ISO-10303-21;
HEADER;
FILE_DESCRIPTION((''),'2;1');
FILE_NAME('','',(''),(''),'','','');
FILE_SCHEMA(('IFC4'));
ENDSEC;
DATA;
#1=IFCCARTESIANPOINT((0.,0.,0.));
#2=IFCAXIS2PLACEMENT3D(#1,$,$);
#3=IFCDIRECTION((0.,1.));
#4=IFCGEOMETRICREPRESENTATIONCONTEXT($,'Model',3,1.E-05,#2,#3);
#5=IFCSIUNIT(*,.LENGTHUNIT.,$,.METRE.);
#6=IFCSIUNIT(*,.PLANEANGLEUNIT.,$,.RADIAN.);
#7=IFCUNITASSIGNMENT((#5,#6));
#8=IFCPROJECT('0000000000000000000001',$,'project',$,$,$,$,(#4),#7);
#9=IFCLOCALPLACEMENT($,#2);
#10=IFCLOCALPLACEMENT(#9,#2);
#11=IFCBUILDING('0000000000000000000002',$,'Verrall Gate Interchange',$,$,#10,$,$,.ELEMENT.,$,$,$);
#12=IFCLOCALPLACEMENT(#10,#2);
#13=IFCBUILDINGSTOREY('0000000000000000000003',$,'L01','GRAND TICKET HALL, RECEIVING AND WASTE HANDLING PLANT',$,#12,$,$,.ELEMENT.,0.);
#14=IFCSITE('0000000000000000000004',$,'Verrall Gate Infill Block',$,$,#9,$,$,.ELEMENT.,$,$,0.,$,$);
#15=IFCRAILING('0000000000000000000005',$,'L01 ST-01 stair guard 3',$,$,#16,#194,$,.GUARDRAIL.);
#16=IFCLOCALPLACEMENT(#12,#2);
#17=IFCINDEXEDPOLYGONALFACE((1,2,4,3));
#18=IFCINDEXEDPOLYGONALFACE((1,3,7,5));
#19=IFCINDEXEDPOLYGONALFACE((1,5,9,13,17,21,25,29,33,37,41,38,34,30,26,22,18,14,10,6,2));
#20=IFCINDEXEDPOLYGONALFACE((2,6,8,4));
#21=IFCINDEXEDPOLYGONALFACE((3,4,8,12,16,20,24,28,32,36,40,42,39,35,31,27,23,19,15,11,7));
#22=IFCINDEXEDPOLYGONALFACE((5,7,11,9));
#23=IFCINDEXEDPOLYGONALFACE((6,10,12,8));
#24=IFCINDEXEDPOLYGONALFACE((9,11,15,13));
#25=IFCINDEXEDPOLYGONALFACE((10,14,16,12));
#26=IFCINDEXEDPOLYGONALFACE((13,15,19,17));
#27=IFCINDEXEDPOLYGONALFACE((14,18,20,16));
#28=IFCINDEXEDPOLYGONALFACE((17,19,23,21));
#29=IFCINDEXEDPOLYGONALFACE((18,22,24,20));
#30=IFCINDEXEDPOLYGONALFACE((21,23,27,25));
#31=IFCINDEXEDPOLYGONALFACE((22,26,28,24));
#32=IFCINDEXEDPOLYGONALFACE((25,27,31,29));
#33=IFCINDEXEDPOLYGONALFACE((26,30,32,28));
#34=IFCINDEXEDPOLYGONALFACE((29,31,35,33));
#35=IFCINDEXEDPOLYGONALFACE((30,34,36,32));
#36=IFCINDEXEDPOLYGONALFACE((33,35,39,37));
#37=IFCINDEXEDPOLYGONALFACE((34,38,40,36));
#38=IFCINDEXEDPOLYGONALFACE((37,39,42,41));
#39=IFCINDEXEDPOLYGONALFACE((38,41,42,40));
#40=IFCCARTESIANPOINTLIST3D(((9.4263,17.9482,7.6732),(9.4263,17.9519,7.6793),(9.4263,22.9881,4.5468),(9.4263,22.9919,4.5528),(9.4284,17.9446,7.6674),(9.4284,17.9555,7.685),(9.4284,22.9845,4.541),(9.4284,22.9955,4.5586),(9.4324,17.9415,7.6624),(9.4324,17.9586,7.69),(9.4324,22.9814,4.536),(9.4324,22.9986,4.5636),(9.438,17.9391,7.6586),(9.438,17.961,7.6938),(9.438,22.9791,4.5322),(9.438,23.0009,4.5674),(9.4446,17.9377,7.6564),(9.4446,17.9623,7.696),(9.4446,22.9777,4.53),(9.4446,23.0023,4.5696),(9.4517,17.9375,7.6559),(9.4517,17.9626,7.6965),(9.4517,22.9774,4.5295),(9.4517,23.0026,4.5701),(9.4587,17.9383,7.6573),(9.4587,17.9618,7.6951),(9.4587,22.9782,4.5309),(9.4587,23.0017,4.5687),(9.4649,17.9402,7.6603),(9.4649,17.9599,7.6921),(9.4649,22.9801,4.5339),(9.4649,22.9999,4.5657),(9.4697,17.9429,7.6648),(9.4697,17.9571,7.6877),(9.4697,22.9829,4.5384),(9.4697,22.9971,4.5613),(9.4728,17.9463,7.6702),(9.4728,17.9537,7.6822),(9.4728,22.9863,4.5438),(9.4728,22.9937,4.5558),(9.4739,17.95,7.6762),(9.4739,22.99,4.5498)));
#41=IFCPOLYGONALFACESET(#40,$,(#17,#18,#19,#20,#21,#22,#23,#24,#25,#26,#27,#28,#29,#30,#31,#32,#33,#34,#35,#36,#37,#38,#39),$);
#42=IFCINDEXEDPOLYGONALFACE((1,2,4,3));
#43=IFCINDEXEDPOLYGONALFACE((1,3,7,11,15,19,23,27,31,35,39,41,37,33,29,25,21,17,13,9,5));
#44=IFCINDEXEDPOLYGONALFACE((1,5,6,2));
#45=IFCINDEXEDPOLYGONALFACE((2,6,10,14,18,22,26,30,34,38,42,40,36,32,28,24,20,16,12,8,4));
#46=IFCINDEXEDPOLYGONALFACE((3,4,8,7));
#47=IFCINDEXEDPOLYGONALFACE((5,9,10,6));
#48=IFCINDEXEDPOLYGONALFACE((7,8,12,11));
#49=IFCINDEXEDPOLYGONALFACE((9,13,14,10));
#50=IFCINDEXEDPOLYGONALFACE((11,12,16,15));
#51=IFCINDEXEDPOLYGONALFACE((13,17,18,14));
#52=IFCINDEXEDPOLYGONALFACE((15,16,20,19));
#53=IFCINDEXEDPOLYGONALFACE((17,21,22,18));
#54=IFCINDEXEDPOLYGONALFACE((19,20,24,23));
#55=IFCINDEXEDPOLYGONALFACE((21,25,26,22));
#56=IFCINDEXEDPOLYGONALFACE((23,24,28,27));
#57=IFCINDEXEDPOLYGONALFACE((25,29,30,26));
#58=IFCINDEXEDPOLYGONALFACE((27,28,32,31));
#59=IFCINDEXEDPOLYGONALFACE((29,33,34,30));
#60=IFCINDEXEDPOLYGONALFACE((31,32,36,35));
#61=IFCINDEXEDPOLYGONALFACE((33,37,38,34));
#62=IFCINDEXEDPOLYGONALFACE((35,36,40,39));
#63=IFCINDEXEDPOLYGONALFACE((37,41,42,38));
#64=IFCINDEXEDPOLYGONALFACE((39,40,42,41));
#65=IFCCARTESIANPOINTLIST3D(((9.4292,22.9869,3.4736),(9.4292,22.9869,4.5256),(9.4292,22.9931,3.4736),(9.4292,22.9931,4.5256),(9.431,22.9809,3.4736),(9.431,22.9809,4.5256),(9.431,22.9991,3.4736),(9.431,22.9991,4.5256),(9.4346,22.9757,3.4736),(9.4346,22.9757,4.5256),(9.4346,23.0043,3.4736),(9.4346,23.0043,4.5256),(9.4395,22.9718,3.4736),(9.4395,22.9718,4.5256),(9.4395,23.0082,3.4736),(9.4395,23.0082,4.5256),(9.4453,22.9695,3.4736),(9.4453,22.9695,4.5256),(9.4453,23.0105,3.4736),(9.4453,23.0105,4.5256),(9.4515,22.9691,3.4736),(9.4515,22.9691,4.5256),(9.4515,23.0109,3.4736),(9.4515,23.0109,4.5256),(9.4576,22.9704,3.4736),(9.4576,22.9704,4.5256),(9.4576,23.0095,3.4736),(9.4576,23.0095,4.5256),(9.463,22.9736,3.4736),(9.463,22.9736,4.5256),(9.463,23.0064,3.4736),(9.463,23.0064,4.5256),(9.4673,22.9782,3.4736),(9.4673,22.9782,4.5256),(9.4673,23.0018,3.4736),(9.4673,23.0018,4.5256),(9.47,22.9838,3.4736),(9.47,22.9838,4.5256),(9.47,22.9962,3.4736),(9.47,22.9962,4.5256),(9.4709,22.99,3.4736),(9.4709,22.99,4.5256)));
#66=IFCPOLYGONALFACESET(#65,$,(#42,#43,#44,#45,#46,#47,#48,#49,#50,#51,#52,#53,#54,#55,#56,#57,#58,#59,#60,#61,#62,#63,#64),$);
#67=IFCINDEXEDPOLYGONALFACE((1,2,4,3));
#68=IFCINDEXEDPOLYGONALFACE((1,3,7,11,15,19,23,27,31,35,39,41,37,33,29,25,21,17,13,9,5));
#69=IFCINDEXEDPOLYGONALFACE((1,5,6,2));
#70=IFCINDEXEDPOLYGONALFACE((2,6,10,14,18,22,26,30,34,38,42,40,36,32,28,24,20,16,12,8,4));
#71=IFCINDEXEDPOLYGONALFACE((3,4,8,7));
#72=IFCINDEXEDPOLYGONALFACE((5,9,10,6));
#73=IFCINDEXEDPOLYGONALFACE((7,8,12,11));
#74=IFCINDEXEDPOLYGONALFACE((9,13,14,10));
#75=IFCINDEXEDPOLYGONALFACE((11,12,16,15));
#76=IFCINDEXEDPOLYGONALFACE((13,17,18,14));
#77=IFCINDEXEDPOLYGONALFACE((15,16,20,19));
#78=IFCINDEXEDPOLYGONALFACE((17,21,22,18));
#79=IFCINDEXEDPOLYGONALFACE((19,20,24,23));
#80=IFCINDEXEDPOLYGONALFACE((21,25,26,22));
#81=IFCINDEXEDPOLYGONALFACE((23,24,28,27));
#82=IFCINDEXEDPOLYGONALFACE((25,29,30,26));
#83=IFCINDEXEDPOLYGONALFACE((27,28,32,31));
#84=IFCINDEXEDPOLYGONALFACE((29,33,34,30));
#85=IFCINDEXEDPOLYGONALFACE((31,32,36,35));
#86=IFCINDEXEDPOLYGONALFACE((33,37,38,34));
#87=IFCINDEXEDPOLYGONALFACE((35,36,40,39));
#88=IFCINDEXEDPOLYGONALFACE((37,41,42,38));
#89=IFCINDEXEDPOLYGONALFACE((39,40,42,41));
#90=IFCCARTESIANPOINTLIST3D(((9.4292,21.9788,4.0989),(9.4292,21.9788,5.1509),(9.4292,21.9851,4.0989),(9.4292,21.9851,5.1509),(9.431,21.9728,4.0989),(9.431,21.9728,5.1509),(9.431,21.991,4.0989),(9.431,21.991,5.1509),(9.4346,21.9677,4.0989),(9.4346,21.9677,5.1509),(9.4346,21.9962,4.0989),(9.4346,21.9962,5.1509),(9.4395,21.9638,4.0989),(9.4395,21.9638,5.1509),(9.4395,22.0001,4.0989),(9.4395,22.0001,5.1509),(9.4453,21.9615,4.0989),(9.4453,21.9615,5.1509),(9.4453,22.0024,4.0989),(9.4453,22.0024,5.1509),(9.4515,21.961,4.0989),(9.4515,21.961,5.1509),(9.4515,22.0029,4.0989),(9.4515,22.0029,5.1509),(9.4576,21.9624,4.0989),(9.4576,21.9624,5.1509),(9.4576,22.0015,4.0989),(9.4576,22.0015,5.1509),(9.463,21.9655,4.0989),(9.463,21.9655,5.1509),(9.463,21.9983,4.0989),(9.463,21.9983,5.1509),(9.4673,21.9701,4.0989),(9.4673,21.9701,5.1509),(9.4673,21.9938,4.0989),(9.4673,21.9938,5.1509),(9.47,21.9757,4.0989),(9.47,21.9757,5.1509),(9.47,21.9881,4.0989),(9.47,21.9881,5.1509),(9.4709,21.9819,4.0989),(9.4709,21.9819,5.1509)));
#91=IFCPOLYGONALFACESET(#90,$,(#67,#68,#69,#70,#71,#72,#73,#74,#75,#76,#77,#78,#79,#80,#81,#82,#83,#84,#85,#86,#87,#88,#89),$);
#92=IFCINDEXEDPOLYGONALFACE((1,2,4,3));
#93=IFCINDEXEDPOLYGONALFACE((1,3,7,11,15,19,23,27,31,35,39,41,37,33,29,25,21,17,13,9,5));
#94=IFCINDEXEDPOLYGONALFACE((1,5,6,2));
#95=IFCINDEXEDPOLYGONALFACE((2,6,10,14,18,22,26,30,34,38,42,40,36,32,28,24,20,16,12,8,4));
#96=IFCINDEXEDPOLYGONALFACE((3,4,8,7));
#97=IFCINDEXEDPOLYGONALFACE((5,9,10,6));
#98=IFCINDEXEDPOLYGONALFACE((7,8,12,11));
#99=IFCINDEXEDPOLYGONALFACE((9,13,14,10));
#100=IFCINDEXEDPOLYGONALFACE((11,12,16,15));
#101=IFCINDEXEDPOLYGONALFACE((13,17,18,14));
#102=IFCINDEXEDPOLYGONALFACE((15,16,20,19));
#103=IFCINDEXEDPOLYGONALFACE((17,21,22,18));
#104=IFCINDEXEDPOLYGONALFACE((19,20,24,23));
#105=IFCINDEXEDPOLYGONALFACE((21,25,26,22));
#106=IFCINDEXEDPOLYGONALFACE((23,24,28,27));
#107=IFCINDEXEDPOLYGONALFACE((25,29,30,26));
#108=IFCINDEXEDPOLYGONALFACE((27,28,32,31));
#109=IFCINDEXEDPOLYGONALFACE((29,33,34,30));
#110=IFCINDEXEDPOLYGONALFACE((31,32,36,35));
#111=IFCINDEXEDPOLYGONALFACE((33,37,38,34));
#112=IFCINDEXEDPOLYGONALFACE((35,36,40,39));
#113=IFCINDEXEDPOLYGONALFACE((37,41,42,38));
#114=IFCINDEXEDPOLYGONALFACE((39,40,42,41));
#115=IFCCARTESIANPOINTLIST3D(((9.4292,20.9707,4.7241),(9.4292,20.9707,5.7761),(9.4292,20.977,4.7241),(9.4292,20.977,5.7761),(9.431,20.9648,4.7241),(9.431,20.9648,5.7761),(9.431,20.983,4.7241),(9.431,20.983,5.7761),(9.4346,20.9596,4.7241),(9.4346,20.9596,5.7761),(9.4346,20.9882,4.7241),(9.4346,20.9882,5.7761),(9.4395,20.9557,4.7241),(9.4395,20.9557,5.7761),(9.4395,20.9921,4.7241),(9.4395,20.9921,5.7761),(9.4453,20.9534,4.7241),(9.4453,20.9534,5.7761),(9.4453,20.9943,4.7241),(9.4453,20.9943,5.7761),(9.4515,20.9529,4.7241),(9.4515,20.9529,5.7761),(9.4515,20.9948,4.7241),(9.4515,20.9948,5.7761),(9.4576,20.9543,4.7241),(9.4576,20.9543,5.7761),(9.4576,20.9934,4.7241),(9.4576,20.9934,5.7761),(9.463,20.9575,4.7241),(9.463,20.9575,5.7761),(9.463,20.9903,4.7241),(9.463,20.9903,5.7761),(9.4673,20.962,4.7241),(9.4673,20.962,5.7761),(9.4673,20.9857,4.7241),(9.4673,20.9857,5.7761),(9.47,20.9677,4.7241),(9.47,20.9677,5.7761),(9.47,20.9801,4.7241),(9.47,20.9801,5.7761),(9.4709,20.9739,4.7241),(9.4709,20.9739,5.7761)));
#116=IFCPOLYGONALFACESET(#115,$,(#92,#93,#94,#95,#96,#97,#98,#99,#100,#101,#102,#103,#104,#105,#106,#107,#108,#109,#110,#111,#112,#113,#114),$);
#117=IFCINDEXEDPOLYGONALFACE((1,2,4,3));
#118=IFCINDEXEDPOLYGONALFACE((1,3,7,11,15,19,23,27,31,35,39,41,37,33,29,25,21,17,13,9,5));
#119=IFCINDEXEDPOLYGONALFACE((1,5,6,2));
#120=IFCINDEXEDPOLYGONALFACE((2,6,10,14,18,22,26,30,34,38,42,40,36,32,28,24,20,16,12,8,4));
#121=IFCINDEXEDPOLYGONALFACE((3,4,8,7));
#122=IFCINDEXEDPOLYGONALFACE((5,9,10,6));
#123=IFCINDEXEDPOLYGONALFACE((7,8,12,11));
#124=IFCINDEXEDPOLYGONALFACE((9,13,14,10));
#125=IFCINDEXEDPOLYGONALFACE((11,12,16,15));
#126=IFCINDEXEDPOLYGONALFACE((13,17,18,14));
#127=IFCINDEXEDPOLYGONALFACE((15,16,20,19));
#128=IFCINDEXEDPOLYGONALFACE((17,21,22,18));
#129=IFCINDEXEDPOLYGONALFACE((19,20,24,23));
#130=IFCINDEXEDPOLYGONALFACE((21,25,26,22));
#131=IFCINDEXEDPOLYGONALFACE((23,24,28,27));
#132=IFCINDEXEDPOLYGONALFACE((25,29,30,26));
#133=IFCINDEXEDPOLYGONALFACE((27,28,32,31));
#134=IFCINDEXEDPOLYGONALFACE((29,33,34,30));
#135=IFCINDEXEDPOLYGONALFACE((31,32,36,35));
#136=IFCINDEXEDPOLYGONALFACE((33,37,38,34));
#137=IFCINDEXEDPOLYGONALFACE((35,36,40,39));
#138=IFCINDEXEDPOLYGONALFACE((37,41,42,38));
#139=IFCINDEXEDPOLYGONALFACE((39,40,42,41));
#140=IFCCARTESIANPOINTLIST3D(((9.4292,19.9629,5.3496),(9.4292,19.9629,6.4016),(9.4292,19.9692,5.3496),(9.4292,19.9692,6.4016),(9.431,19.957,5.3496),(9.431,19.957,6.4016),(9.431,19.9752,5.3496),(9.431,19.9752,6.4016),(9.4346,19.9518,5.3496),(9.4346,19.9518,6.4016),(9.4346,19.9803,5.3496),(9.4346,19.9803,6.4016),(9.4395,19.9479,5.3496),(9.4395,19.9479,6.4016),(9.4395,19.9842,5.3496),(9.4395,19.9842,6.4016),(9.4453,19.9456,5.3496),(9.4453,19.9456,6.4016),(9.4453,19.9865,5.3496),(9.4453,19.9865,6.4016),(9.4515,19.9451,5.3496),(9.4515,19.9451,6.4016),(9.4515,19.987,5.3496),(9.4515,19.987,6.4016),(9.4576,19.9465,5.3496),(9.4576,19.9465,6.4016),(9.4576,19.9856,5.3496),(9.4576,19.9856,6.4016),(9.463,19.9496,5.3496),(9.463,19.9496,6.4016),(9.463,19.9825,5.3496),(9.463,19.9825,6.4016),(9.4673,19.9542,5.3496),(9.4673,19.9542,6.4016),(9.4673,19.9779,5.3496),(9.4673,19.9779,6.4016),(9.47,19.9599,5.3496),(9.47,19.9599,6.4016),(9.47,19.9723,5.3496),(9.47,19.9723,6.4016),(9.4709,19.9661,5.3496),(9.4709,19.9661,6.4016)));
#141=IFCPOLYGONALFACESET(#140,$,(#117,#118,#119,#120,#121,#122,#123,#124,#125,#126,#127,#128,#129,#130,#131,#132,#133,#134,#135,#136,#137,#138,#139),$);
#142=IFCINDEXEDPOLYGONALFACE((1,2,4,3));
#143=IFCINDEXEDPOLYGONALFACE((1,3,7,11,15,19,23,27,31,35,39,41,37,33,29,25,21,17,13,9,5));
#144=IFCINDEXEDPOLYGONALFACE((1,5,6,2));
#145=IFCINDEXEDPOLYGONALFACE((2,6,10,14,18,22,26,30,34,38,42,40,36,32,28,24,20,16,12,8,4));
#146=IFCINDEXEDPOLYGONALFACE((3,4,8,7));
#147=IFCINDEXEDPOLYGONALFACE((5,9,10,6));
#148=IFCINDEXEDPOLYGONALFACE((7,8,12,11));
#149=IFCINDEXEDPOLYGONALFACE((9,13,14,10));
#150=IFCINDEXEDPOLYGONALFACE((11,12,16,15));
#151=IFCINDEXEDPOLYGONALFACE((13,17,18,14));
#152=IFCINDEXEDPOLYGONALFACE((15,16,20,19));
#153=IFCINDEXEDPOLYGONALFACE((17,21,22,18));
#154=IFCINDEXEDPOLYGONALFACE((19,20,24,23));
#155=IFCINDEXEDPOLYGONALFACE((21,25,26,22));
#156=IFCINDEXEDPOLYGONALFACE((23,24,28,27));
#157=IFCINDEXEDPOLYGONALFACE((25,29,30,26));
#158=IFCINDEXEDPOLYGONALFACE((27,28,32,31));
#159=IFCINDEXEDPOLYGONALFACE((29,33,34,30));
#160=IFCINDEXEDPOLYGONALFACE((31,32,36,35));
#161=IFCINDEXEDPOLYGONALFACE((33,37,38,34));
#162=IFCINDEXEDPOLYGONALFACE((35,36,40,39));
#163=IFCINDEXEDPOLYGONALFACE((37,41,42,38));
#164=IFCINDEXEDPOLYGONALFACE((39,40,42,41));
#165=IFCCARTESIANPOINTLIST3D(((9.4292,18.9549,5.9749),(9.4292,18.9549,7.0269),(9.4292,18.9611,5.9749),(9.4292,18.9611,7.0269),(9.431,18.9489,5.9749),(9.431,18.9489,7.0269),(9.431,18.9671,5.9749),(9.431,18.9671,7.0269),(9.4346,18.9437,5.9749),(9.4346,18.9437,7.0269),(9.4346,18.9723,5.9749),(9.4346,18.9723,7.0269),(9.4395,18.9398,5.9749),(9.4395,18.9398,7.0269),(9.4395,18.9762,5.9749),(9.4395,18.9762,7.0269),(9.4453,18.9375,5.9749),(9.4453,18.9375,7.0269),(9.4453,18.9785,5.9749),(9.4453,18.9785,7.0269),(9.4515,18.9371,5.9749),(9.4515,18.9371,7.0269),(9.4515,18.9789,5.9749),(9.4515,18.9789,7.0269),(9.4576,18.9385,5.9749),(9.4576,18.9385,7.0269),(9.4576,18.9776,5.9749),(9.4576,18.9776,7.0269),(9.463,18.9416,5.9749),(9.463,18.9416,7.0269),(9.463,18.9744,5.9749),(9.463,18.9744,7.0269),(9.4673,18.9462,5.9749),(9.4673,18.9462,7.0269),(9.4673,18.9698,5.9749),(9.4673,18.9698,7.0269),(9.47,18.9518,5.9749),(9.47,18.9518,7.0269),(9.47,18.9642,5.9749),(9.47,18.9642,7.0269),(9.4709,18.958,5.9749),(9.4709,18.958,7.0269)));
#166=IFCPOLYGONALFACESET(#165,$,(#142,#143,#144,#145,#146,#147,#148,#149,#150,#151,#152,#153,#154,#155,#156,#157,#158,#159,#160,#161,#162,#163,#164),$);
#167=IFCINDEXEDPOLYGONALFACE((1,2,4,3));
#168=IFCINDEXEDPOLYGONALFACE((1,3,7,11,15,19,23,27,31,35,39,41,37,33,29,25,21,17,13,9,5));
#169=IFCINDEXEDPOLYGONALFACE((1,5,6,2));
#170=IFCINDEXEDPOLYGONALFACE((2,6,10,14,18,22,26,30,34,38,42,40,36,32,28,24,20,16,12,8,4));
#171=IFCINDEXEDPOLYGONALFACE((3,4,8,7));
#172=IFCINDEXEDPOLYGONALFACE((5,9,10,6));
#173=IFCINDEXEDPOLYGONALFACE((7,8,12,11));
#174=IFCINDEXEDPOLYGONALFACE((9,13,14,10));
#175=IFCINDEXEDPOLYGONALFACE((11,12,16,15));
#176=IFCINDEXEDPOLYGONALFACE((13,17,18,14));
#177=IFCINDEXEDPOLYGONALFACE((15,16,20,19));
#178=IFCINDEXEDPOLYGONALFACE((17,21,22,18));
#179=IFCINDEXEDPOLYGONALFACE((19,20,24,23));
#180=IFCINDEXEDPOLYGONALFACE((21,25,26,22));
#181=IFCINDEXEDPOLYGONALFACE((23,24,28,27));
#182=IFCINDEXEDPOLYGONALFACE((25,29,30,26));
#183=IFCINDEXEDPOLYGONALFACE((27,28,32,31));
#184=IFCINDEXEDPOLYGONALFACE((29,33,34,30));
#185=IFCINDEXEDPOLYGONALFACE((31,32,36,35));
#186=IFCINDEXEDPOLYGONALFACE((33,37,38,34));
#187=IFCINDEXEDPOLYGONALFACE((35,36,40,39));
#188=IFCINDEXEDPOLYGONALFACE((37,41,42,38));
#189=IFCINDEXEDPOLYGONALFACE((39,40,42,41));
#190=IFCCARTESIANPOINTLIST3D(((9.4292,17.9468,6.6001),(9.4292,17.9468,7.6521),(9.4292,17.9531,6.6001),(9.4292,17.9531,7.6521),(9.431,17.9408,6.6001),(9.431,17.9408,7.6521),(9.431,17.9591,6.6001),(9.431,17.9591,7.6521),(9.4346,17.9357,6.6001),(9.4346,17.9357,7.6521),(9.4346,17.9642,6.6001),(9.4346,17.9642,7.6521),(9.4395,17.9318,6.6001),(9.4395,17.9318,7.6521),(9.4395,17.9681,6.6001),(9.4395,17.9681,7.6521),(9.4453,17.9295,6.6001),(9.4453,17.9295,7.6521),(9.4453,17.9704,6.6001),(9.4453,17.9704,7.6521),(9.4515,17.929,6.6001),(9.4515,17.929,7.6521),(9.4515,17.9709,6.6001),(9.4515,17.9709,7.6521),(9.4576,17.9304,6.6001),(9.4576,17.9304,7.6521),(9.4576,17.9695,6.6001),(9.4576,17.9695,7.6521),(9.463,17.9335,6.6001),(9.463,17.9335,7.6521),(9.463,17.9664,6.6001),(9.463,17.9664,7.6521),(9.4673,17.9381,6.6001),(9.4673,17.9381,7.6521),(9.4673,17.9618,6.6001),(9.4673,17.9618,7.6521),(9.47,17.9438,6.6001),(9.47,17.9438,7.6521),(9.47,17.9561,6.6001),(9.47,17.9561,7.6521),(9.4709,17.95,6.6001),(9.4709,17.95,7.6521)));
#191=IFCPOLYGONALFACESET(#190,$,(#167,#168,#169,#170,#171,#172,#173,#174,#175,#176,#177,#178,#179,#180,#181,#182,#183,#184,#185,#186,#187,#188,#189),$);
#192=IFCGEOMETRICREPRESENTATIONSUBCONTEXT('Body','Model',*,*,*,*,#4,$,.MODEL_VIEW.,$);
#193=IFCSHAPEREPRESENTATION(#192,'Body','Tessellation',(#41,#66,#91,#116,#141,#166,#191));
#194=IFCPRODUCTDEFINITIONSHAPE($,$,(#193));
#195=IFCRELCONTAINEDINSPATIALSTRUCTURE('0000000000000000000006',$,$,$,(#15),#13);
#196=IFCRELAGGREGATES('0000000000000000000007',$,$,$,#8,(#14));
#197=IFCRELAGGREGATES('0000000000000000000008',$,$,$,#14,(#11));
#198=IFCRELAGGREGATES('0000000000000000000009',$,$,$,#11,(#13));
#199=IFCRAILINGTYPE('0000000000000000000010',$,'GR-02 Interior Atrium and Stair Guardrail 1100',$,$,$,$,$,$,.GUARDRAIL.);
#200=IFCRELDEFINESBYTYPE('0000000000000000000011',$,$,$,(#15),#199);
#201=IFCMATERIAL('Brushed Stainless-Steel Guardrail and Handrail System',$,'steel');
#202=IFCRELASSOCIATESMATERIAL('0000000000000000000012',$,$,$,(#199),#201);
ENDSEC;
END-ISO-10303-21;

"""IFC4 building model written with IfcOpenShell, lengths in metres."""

from ifc_helpers import new_model, si_unit, direction, frame, origin, origin_2d, place, context, subcontext, project, spatial, circle, extrude, material, type_object, element, save


model = new_model("IFC4")

# Units and contexts
model_context = context("Model", 3, precision=1e-05, world=origin(), true_north=direction((0.0, 1.0)))
body_context = subcontext(model_context, "Body", "Model", "MODEL_VIEW")
ifc_project = project(units=[si_unit("LENGTHUNIT", "METRE"), si_unit("PLANEANGLEUNIT", "RADIAN")], contexts=[model_context])

# Site, building, storey
site_placement = place(None, origin())
site = spatial("IfcSite", under=ifc_project, at=site_placement, Name="Verrall Gate Infill Block", CompositionType="ELEMENT", RefElevation=0.0)
building_placement = place(site_placement, origin())
building = spatial("IfcBuilding", under=site, at=building_placement, Name="Verrall Gate Interchange", CompositionType="ELEMENT")
storey_placement = place(building_placement, origin())
storey = spatial("IfcBuildingStorey", under=building, at=storey_placement, Name="L01", Description="GRAND TICKET HALL, RECEIVING AND WASTE HANDLING PLANT", CompositionType="ELEMENT", Elevation=0.0)

# Railing
ifc_material_1 = material(Name="Brushed Stainless-Steel Guardrail and Handrail System", Category="steel")
railing_type_1 = type_object("IfcRailingType", Name="GR-02 Interior Atrium and Stair Guardrail 1100", PredefinedType="GUARDRAIL", material=ifc_material_1)
railing_1_placement = place(storey_placement, frame((9.45, 22.99, 3.4736)))
element("IfcRailing", 1, at=railing_1_placement, inside=storey, type_object=railing_type_1, Name="L01 ST-01 stair guard 3", PredefinedType="GUARDRAIL", context=body_context, shape_type="SweptSolid", body=[
    extrude(circle(Radius=0.0239, at=origin_2d()), frame((0.0, 0.0, 1.0762), z_axis=(0.0, -0.849779, 0.527139), x_axis=(1.0, 0.0, 0.0)), (0.0, 0.0, 1.0), 5.9309),
    extrude(circle(Radius=0.021, at=origin_2d()), origin(), (0.0, 0.0, 1.0), 1.052),
    extrude(circle(Radius=0.021, at=origin_2d()), frame((0.0, -1.0081, 0.6252)), (0.0, 0.0, 1.0), 1.052),
    extrude(circle(Radius=0.021, at=origin_2d()), frame((0.0, -2.0161, 1.2505)), (0.0, 0.0, 1.0), 1.052),
    extrude(circle(Radius=0.021, at=origin_2d()), frame((0.0, -3.0239, 1.876)), (0.0, 0.0, 1.0), 1.052),
    extrude(circle(Radius=0.021, at=origin_2d()), frame((0.0, -4.032, 2.5012)), (0.0, 0.0, 1.0), 1.052),
    extrude(circle(Radius=0.021, at=origin_2d()), frame((0.0, -5.04, 3.1265)), (0.0, 0.0, 1.0), 1.052),
])

save(model, "model.ifc")
